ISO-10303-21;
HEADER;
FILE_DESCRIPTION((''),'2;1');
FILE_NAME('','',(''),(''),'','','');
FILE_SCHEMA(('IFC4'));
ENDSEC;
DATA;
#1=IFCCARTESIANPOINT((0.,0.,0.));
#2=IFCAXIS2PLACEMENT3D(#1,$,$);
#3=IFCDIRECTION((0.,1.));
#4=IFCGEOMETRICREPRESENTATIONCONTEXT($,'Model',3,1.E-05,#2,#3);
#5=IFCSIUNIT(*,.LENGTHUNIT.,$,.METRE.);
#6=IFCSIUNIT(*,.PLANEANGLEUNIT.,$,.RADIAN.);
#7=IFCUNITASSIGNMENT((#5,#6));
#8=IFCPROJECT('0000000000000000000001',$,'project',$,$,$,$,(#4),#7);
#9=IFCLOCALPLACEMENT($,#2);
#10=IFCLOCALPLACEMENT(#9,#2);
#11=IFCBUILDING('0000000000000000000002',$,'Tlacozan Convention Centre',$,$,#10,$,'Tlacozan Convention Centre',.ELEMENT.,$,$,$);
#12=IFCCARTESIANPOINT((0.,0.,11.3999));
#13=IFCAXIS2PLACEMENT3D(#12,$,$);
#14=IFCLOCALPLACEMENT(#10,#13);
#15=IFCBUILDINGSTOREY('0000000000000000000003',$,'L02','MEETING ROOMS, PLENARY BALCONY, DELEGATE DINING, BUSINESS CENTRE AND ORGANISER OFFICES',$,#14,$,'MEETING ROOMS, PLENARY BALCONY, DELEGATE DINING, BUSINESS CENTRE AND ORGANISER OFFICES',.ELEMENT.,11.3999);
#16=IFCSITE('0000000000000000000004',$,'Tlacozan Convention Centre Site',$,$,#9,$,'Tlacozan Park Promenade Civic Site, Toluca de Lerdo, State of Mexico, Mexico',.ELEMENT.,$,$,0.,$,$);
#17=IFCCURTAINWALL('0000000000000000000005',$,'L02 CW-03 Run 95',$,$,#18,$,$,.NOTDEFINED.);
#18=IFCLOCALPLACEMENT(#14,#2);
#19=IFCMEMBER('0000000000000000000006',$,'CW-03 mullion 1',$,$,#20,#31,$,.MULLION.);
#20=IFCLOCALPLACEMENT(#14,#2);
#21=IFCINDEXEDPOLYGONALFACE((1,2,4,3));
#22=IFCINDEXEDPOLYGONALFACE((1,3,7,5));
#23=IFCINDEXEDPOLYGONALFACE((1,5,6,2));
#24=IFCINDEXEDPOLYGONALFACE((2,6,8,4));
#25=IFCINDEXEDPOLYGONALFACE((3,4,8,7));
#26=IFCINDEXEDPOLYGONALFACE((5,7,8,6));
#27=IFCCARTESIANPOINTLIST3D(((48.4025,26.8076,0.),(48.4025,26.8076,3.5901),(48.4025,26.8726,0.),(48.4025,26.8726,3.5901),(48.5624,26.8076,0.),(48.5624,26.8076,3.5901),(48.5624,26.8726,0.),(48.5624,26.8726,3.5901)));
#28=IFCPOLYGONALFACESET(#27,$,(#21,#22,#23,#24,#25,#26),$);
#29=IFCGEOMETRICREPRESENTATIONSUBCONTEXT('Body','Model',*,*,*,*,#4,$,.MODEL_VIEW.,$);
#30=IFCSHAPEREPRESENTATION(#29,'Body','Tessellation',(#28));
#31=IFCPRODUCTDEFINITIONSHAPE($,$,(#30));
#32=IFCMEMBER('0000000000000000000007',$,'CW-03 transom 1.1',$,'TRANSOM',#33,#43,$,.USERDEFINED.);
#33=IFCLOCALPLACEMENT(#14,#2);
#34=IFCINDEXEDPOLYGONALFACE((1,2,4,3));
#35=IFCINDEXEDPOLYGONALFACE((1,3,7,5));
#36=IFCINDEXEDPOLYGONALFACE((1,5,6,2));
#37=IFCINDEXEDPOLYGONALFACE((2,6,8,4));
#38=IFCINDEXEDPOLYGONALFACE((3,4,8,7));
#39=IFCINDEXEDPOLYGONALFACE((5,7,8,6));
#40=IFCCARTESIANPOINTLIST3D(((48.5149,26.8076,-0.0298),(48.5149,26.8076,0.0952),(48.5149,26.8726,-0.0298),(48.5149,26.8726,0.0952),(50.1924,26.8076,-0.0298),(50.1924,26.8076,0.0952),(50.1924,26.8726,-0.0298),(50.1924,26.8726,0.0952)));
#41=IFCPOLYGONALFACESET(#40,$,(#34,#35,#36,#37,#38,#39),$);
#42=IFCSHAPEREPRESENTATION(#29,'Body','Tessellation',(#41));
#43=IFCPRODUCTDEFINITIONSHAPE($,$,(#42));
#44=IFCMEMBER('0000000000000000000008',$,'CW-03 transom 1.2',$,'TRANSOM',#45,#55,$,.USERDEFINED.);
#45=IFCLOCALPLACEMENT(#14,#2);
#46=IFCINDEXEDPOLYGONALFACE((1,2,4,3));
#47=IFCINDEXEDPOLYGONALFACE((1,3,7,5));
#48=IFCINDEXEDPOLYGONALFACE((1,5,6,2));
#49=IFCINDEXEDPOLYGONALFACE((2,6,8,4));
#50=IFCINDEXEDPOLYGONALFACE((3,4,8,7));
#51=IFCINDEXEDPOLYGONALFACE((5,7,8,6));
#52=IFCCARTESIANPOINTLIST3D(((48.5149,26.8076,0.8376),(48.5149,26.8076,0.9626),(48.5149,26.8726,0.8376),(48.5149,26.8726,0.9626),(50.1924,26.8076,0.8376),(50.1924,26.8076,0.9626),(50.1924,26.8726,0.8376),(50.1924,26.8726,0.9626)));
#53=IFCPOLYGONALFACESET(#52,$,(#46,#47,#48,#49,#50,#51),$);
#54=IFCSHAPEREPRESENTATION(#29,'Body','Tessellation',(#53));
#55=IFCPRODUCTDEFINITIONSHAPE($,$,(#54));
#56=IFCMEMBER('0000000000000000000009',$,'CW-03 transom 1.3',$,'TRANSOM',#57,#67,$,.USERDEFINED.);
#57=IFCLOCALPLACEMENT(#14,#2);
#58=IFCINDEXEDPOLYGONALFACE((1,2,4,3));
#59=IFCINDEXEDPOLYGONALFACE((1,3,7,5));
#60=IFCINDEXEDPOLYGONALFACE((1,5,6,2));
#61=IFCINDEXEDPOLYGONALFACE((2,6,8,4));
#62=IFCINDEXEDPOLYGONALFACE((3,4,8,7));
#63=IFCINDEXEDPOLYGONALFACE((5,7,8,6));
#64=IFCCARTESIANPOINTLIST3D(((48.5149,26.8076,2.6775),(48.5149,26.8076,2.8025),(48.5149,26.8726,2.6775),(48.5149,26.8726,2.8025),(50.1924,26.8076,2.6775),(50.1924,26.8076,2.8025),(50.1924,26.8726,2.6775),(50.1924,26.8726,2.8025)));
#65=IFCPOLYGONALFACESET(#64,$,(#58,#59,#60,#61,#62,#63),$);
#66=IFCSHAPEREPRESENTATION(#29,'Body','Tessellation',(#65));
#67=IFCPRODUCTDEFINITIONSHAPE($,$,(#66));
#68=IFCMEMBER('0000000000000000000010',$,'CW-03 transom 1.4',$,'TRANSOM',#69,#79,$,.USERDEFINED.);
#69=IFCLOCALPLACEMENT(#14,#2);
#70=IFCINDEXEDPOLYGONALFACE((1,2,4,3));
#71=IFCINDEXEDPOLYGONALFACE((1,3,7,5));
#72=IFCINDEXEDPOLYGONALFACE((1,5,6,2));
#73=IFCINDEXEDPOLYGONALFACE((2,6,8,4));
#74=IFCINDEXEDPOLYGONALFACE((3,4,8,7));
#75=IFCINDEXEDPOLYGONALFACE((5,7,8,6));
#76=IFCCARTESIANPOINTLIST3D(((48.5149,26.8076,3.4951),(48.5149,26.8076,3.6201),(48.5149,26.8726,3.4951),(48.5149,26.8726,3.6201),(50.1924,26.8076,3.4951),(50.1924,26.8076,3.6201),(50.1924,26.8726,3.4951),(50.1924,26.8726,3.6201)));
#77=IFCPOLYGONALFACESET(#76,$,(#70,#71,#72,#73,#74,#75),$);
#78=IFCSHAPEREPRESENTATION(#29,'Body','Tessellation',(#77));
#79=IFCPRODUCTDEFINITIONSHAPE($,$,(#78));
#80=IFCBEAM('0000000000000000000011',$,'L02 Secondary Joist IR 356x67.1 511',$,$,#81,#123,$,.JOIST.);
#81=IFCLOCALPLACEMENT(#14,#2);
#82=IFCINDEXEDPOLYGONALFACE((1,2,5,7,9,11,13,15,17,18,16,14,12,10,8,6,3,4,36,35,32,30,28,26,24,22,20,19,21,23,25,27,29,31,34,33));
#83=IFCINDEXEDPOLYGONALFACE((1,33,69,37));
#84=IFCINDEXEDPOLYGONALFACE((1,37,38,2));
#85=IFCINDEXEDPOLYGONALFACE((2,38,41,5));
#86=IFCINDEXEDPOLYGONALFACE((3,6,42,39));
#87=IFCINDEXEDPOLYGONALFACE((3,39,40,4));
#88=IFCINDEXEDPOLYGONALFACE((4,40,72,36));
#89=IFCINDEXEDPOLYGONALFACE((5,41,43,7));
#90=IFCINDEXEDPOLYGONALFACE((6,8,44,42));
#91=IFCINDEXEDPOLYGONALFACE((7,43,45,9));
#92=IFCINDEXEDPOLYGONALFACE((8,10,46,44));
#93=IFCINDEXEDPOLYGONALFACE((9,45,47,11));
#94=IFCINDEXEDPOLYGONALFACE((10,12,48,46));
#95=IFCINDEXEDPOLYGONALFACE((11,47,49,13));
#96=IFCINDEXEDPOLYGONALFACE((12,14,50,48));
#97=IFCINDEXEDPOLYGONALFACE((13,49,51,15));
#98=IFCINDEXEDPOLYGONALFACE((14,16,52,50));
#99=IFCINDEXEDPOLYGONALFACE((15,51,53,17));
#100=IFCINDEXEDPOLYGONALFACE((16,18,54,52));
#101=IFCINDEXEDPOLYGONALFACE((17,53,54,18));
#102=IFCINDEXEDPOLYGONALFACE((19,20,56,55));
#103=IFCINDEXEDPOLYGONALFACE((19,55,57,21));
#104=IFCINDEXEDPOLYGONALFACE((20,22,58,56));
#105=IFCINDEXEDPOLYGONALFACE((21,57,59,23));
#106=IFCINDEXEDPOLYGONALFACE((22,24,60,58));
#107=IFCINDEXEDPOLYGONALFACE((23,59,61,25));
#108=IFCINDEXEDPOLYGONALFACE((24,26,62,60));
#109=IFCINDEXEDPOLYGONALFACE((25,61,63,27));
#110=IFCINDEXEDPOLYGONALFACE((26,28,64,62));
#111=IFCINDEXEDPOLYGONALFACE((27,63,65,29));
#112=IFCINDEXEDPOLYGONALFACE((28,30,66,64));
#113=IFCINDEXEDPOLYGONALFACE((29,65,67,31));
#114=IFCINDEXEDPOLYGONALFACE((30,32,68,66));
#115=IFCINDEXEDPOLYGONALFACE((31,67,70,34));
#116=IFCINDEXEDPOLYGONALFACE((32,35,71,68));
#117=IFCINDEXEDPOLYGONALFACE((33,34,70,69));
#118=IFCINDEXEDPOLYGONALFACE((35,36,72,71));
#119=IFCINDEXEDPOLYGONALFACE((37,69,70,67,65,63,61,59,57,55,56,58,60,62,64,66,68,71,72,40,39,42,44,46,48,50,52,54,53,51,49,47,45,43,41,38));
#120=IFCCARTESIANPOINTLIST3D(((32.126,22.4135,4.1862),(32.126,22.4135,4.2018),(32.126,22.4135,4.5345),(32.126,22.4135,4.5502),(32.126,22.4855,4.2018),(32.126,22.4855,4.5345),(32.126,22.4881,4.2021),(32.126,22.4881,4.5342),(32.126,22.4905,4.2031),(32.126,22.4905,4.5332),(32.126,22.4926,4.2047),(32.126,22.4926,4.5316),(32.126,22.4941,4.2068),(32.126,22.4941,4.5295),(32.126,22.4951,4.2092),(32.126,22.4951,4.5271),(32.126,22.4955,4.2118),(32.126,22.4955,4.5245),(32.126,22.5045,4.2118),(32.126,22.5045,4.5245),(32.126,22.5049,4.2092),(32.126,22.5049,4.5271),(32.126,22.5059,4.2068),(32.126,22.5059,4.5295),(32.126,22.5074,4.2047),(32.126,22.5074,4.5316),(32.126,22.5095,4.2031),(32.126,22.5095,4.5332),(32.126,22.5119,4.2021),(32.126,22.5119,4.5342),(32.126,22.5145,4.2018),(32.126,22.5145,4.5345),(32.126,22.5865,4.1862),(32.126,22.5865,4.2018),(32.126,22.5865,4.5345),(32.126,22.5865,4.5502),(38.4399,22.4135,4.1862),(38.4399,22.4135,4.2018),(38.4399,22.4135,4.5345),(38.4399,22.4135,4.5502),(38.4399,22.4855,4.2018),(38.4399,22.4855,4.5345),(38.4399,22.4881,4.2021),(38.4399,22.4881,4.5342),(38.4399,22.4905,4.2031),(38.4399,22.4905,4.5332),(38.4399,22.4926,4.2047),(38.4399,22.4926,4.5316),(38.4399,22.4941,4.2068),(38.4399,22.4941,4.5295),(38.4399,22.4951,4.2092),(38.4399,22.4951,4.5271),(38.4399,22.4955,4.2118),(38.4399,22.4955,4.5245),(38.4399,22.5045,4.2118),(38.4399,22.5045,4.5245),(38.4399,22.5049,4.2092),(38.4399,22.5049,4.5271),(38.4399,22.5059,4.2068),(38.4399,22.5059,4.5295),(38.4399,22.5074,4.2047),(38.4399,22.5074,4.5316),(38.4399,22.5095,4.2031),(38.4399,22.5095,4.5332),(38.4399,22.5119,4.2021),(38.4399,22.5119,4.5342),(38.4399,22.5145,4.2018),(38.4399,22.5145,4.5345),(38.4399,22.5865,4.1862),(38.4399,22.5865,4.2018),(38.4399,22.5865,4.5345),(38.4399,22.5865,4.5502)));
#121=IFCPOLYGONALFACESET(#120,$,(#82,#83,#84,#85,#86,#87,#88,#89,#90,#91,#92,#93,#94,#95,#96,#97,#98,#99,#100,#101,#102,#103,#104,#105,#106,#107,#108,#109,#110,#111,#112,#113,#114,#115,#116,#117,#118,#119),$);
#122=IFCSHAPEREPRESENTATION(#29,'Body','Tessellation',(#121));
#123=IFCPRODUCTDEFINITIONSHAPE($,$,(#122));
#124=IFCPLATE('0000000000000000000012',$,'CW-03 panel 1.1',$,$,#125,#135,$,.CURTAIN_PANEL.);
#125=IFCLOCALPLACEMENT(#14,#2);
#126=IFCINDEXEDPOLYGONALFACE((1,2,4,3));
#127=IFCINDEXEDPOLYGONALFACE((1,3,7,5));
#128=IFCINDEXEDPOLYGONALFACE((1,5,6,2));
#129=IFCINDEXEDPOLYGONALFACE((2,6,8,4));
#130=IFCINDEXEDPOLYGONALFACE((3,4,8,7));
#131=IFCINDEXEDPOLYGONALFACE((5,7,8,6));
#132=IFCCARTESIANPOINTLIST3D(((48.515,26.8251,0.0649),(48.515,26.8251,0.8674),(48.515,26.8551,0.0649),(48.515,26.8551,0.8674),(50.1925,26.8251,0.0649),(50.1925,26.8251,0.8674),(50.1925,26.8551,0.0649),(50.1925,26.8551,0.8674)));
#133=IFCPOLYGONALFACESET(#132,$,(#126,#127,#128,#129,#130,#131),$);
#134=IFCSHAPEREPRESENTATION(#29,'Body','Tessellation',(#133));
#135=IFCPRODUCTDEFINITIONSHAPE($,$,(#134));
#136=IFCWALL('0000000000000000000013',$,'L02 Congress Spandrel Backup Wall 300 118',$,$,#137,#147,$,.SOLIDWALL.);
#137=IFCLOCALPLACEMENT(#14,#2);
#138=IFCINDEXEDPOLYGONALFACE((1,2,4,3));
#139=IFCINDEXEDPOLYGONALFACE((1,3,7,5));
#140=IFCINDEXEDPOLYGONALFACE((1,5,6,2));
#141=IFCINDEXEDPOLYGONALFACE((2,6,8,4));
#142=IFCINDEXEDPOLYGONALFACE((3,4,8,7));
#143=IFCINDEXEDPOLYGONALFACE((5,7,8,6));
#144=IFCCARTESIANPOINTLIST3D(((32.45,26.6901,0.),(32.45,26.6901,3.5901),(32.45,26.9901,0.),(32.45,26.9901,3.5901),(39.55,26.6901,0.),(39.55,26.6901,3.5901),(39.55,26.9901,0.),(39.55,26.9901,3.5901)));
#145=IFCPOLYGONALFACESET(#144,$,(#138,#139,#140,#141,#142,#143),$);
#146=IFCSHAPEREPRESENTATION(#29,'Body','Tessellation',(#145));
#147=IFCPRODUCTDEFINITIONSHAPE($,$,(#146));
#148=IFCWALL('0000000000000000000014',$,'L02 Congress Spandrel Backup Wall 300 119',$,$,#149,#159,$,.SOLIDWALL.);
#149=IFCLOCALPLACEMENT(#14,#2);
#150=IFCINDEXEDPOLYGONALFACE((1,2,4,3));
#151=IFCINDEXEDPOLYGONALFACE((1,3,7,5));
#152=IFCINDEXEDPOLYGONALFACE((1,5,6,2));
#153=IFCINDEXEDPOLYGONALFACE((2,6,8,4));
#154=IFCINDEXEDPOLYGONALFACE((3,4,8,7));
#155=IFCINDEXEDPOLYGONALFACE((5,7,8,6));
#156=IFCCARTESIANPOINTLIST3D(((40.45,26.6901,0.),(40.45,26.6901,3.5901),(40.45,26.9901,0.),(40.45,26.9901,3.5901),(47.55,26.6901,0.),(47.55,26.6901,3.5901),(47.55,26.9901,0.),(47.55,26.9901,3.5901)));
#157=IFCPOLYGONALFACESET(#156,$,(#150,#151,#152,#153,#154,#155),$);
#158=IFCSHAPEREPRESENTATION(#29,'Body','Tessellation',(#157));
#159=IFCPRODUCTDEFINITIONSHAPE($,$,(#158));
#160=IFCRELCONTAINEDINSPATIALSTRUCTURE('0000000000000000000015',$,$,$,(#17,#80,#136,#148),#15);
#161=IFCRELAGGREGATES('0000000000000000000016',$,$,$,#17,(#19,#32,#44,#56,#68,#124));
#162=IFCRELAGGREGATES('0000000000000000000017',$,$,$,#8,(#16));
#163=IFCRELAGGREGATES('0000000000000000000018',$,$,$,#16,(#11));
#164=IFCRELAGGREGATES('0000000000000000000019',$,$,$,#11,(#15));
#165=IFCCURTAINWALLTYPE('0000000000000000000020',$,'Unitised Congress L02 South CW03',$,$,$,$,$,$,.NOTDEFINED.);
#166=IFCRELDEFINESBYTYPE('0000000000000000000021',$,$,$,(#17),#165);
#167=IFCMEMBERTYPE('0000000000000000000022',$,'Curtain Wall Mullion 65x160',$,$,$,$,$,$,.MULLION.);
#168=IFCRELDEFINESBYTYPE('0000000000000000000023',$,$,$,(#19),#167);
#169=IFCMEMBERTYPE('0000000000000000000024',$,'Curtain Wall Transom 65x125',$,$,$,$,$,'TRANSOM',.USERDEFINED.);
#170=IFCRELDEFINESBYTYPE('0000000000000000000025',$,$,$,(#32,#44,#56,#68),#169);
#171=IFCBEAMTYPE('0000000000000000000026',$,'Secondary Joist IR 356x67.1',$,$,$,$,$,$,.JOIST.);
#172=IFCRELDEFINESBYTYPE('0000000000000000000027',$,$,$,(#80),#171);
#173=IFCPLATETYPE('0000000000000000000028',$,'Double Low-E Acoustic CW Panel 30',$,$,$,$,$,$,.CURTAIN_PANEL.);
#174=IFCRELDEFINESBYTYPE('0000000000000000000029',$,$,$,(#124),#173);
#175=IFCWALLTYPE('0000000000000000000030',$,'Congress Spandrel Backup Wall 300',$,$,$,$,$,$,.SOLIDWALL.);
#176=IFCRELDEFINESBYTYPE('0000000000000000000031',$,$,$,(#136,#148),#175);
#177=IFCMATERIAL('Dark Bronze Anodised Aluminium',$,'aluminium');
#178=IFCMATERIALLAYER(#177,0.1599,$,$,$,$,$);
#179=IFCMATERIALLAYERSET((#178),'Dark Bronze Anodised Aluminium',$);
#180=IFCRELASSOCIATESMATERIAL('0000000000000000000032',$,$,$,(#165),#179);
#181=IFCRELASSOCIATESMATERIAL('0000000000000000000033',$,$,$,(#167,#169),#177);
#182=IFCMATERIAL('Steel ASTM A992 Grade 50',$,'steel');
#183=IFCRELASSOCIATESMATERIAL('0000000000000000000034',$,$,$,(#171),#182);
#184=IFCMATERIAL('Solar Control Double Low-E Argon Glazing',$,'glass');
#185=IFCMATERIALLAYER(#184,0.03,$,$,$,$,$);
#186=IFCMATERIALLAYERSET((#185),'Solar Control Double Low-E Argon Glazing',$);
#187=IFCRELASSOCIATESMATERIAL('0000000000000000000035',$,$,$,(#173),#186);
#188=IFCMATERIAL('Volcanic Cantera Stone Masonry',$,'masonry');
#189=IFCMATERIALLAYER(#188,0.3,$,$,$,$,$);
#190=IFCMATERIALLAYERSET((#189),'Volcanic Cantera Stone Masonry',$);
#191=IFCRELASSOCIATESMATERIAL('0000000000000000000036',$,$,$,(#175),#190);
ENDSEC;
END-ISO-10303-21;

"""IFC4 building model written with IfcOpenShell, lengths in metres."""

from ifc_helpers import new_model, si_unit, direction, frame, frame_2d, origin, origin_2d, place, context, subcontext, project, spatial, rectangle, i_section, extrude, material, layer, layer_set, material_profile, profile_set, type_object, element, aggregate, save


model = new_model("IFC4")

# Units and contexts
model_context = context("Model", 3, precision=1e-05, world=origin(), true_north=direction((0.0, 1.0)))
body_context = subcontext(model_context, "Body", "Model", "MODEL_VIEW")
ifc_project = project(units=[si_unit("LENGTHUNIT", "METRE"), si_unit("PLANEANGLEUNIT", "RADIAN")], contexts=[model_context])

# Site, building, storey
site_placement = place(None, origin())
site = spatial("IfcSite", under=ifc_project, at=site_placement, Name="Tlacozan Convention Centre Site", LongName="Tlacozan Park Promenade Civic Site, Toluca de Lerdo, State of Mexico, Mexico", CompositionType="ELEMENT", RefElevation=0.0)
building_placement = place(site_placement, origin())
building = spatial("IfcBuilding", under=site, at=building_placement, Name="Tlacozan Convention Centre", LongName="Tlacozan Convention Centre", CompositionType="ELEMENT")
storey_placement = place(building_placement, frame((0.0, 0.0, 11.3999)))
storey = spatial("IfcBuildingStorey", under=building, at=storey_placement, Name="L02", Description="MEETING ROOMS, PLENARY BALCONY, DELEGATE DINING, BUSINESS CENTRE AND ORGANISER OFFICES", LongName="MEETING ROOMS, PLENARY BALCONY, DELEGATE DINING, BUSINESS CENTRE AND ORGANISER OFFICES", CompositionType="ELEMENT", Elevation=11.3999)

# Curtain wall, members
ifc_material_1 = material(Name="Dark Bronze Anodised Aluminium", Category="aluminium")
ifc_layer_1 = layer(ifc_material_1, 0.1599)
ifc_layer_set_1 = layer_set([ifc_layer_1], Name="Dark Bronze Anodised Aluminium")
curtain_wall_type = type_object("IfcCurtainWallType", Name="Unitised Congress L02 South CW03", PredefinedType="NOTDEFINED", material=ifc_layer_set_1)
curtain_wall_placement = place(storey_placement, origin())
curtain_wall = element("IfcCurtainWall", 1, at=curtain_wall_placement, inside=storey, type_object=curtain_wall_type, Name="L02 CW-03 Run 95", PredefinedType="NOTDEFINED")
ifc_material_profile_1 = material_profile(ifc_material_1, rectangle(XDim=0.0649, YDim=0.1599, at=origin_2d()), Name="ALU 65x160")
ifc_profile_set_1 = profile_set([ifc_material_profile_1], Name="Dark Bronze Anodised Aluminium")
member_type_1 = type_object("IfcMemberType", Name="Curtain Wall Mullion 65x160", PredefinedType="MULLION", material=ifc_profile_set_1)
member_1_placement = place(storey_placement, frame((48.4824, 26.8401, 0.0), z_axis=(0.0, 0.0, 1.0), x_axis=(0.0, 1.0, 0.0)))
member_1 = element("IfcMember", 2, at=member_1_placement, type_object=member_type_1, Name="CW-03 mullion 1", PredefinedType="MULLION", context=body_context, shape_type="SweptSolid", body=[
    extrude(rectangle(XDim=0.0649, YDim=0.1599, at=origin_2d()), origin(), (0.0, 0.0, 1.0), 3.5901),
])
ifc_material_profile_2 = material_profile(ifc_material_1, rectangle(XDim=0.0649, YDim=0.125, at=origin_2d()), Name="ALU 65x125")
ifc_profile_set_2 = profile_set([ifc_material_profile_2], Name="Dark Bronze Anodised Aluminium")
member_type_2 = type_object("IfcMemberType", Name="Curtain Wall Transom 65x125", ElementType="TRANSOM", PredefinedType="USERDEFINED", material=ifc_profile_set_2)
member_2_placement = place(storey_placement, frame((48.5149, 26.8401, 0.0327), z_axis=(1.0, 0.0, 0.0), x_axis=(0.0, 1.0, 0.0)))
member_2 = element("IfcMember", 3, at=member_2_placement, type_object=member_type_2, Name="CW-03 transom 1.1", ObjectType="TRANSOM", PredefinedType="USERDEFINED", context=body_context, shape_type="SweptSolid", body=[
    extrude(rectangle(XDim=0.0649, YDim=0.125, at=origin_2d()), origin(), (0.0, 0.0, 1.0), 1.6775),
])
member_3_placement = place(storey_placement, frame((48.5149, 26.8401, 0.9001), z_axis=(1.0, 0.0, 0.0), x_axis=(0.0, 1.0, 0.0)))
member_3 = element("IfcMember", 4, at=member_3_placement, type_object=member_type_2, Name="CW-03 transom 1.2", ObjectType="TRANSOM", PredefinedType="USERDEFINED", context=body_context, shape_type="SweptSolid", body=[
    extrude(rectangle(XDim=0.0649, YDim=0.125, at=origin_2d()), origin(), (0.0, 0.0, 1.0), 1.6775),
])
member_4_placement = place(storey_placement, frame((48.5149, 26.8401, 2.74), z_axis=(1.0, 0.0, 0.0), x_axis=(0.0, 1.0, 0.0)))
member_4 = element("IfcMember", 5, at=member_4_placement, type_object=member_type_2, Name="CW-03 transom 1.3", ObjectType="TRANSOM", PredefinedType="USERDEFINED", context=body_context, shape_type="SweptSolid", body=[
    extrude(rectangle(XDim=0.0649, YDim=0.125, at=origin_2d()), origin(), (0.0, 0.0, 1.0), 1.6775),
])
member_5_placement = place(storey_placement, frame((48.5149, 26.8401, 3.5576), z_axis=(1.0, 0.0, 0.0), x_axis=(0.0, 1.0, 0.0)))
member_5 = element("IfcMember", 6, at=member_5_placement, type_object=member_type_2, Name="CW-03 transom 1.4", ObjectType="TRANSOM", PredefinedType="USERDEFINED", context=body_context, shape_type="SweptSolid", body=[
    extrude(rectangle(XDim=0.0649, YDim=0.125, at=origin_2d()), origin(), (0.0, 0.0, 1.0), 1.6775),
])

# Beam
ifc_material_2 = material(Name="Steel ASTM A992 Grade 50", Category="steel")
ifc_material_profile_3 = material_profile(ifc_material_2, i_section(OverallWidth=0.1731, OverallDepth=0.364, WebThickness=0.009, FlangeThickness=0.0156, FilletRadius=0.01, at=origin_2d()), Name="IR 356x67.1")
ifc_profile_set_3 = profile_set([ifc_material_profile_3], Name="Steel ASTM A992 Grade 50")
beam_type = type_object("IfcBeamType", Name="Secondary Joist IR 356x67.1", PredefinedType="JOIST", material=ifc_profile_set_3)
beam_placement = place(storey_placement, frame((32.126, 22.5, 4.3682), z_axis=(1.0, 0.0, 0.0), x_axis=(0.0, 1.0, 0.0)))
element("IfcBeam", 7, at=beam_placement, inside=storey, type_object=beam_type, Name="L02 Secondary Joist IR 356x67.1 511", PredefinedType="JOIST", context=body_context, shape_type="SweptSolid", body=[
    extrude(i_section(OverallWidth=0.1731, OverallDepth=0.364, WebThickness=0.009, FlangeThickness=0.0156, FilletRadius=0.01, at=origin_2d()), origin(), (0.0, 0.0, 1.0), 6.314),
])

# Plate
ifc_material_3 = material(Name="Solar Control Double Low-E Argon Glazing", Category="glass")
ifc_layer_2 = layer(ifc_material_3, 0.03)
ifc_layer_set_2 = layer_set([ifc_layer_2], Name="Solar Control Double Low-E Argon Glazing")
plate_type = type_object("IfcPlateType", Name="Double Low-E Acoustic CW Panel 30", PredefinedType="CURTAIN_PANEL", material=ifc_layer_set_2)
plate_placement = place(storey_placement, frame((49.3538, 26.8401, 0.0649), z_axis=(0.0, 0.0, 1.0), x_axis=(1.0, 0.0, 0.0)))
plate = element("IfcPlate", 8, at=plate_placement, type_object=plate_type, Name="CW-03 panel 1.1", PredefinedType="CURTAIN_PANEL", context=body_context, shape_type="SweptSolid", body=[
    extrude(rectangle(XDim=1.6775, YDim=0.03, at=origin_2d()), origin(), (0.0, 0.0, 1.0), 0.8025),
])
aggregate(curtain_wall, [member_1, member_2, member_3, member_4, member_5, plate])

# Walls
ifc_material_4 = material(Name="Volcanic Cantera Stone Masonry", Category="masonry")
ifc_layer_3 = layer(ifc_material_4, 0.3)
ifc_layer_set_3 = layer_set([ifc_layer_3], Name="Volcanic Cantera Stone Masonry")
wall_type_1 = type_object("IfcWallType", Name="Congress Spandrel Backup Wall 300", PredefinedType="SOLIDWALL", material=ifc_layer_set_3)
for number, where, z_axis, x_axis, name in (
    (9, (32.45, 26.8401, 0.0), (0.0, 0.0, 1.0), (1.0, 0.0, 0.0), "L02 Congress Spandrel Backup Wall 300 118"),
    (10, (40.45, 26.8401, 0.0), (0.0, 0.0, 1.0), (1.0, 0.0, 0.0), "L02 Congress Spandrel Backup Wall 300 119"),
):
    element("IfcWall", number, at=place(storey_placement, frame(where, z_axis=z_axis, x_axis=x_axis)), inside=storey, type_object=wall_type_1, Name=name, PredefinedType="SOLIDWALL", context=body_context, shape_type="SweptSolid", body=[
        extrude(rectangle(XDim=7.1001, YDim=0.3, at=frame_2d((3.55, 0.0))), origin(), (0.0, 0.0, 1.0), 3.5901),
    ])

save(model, "model.ifc")
